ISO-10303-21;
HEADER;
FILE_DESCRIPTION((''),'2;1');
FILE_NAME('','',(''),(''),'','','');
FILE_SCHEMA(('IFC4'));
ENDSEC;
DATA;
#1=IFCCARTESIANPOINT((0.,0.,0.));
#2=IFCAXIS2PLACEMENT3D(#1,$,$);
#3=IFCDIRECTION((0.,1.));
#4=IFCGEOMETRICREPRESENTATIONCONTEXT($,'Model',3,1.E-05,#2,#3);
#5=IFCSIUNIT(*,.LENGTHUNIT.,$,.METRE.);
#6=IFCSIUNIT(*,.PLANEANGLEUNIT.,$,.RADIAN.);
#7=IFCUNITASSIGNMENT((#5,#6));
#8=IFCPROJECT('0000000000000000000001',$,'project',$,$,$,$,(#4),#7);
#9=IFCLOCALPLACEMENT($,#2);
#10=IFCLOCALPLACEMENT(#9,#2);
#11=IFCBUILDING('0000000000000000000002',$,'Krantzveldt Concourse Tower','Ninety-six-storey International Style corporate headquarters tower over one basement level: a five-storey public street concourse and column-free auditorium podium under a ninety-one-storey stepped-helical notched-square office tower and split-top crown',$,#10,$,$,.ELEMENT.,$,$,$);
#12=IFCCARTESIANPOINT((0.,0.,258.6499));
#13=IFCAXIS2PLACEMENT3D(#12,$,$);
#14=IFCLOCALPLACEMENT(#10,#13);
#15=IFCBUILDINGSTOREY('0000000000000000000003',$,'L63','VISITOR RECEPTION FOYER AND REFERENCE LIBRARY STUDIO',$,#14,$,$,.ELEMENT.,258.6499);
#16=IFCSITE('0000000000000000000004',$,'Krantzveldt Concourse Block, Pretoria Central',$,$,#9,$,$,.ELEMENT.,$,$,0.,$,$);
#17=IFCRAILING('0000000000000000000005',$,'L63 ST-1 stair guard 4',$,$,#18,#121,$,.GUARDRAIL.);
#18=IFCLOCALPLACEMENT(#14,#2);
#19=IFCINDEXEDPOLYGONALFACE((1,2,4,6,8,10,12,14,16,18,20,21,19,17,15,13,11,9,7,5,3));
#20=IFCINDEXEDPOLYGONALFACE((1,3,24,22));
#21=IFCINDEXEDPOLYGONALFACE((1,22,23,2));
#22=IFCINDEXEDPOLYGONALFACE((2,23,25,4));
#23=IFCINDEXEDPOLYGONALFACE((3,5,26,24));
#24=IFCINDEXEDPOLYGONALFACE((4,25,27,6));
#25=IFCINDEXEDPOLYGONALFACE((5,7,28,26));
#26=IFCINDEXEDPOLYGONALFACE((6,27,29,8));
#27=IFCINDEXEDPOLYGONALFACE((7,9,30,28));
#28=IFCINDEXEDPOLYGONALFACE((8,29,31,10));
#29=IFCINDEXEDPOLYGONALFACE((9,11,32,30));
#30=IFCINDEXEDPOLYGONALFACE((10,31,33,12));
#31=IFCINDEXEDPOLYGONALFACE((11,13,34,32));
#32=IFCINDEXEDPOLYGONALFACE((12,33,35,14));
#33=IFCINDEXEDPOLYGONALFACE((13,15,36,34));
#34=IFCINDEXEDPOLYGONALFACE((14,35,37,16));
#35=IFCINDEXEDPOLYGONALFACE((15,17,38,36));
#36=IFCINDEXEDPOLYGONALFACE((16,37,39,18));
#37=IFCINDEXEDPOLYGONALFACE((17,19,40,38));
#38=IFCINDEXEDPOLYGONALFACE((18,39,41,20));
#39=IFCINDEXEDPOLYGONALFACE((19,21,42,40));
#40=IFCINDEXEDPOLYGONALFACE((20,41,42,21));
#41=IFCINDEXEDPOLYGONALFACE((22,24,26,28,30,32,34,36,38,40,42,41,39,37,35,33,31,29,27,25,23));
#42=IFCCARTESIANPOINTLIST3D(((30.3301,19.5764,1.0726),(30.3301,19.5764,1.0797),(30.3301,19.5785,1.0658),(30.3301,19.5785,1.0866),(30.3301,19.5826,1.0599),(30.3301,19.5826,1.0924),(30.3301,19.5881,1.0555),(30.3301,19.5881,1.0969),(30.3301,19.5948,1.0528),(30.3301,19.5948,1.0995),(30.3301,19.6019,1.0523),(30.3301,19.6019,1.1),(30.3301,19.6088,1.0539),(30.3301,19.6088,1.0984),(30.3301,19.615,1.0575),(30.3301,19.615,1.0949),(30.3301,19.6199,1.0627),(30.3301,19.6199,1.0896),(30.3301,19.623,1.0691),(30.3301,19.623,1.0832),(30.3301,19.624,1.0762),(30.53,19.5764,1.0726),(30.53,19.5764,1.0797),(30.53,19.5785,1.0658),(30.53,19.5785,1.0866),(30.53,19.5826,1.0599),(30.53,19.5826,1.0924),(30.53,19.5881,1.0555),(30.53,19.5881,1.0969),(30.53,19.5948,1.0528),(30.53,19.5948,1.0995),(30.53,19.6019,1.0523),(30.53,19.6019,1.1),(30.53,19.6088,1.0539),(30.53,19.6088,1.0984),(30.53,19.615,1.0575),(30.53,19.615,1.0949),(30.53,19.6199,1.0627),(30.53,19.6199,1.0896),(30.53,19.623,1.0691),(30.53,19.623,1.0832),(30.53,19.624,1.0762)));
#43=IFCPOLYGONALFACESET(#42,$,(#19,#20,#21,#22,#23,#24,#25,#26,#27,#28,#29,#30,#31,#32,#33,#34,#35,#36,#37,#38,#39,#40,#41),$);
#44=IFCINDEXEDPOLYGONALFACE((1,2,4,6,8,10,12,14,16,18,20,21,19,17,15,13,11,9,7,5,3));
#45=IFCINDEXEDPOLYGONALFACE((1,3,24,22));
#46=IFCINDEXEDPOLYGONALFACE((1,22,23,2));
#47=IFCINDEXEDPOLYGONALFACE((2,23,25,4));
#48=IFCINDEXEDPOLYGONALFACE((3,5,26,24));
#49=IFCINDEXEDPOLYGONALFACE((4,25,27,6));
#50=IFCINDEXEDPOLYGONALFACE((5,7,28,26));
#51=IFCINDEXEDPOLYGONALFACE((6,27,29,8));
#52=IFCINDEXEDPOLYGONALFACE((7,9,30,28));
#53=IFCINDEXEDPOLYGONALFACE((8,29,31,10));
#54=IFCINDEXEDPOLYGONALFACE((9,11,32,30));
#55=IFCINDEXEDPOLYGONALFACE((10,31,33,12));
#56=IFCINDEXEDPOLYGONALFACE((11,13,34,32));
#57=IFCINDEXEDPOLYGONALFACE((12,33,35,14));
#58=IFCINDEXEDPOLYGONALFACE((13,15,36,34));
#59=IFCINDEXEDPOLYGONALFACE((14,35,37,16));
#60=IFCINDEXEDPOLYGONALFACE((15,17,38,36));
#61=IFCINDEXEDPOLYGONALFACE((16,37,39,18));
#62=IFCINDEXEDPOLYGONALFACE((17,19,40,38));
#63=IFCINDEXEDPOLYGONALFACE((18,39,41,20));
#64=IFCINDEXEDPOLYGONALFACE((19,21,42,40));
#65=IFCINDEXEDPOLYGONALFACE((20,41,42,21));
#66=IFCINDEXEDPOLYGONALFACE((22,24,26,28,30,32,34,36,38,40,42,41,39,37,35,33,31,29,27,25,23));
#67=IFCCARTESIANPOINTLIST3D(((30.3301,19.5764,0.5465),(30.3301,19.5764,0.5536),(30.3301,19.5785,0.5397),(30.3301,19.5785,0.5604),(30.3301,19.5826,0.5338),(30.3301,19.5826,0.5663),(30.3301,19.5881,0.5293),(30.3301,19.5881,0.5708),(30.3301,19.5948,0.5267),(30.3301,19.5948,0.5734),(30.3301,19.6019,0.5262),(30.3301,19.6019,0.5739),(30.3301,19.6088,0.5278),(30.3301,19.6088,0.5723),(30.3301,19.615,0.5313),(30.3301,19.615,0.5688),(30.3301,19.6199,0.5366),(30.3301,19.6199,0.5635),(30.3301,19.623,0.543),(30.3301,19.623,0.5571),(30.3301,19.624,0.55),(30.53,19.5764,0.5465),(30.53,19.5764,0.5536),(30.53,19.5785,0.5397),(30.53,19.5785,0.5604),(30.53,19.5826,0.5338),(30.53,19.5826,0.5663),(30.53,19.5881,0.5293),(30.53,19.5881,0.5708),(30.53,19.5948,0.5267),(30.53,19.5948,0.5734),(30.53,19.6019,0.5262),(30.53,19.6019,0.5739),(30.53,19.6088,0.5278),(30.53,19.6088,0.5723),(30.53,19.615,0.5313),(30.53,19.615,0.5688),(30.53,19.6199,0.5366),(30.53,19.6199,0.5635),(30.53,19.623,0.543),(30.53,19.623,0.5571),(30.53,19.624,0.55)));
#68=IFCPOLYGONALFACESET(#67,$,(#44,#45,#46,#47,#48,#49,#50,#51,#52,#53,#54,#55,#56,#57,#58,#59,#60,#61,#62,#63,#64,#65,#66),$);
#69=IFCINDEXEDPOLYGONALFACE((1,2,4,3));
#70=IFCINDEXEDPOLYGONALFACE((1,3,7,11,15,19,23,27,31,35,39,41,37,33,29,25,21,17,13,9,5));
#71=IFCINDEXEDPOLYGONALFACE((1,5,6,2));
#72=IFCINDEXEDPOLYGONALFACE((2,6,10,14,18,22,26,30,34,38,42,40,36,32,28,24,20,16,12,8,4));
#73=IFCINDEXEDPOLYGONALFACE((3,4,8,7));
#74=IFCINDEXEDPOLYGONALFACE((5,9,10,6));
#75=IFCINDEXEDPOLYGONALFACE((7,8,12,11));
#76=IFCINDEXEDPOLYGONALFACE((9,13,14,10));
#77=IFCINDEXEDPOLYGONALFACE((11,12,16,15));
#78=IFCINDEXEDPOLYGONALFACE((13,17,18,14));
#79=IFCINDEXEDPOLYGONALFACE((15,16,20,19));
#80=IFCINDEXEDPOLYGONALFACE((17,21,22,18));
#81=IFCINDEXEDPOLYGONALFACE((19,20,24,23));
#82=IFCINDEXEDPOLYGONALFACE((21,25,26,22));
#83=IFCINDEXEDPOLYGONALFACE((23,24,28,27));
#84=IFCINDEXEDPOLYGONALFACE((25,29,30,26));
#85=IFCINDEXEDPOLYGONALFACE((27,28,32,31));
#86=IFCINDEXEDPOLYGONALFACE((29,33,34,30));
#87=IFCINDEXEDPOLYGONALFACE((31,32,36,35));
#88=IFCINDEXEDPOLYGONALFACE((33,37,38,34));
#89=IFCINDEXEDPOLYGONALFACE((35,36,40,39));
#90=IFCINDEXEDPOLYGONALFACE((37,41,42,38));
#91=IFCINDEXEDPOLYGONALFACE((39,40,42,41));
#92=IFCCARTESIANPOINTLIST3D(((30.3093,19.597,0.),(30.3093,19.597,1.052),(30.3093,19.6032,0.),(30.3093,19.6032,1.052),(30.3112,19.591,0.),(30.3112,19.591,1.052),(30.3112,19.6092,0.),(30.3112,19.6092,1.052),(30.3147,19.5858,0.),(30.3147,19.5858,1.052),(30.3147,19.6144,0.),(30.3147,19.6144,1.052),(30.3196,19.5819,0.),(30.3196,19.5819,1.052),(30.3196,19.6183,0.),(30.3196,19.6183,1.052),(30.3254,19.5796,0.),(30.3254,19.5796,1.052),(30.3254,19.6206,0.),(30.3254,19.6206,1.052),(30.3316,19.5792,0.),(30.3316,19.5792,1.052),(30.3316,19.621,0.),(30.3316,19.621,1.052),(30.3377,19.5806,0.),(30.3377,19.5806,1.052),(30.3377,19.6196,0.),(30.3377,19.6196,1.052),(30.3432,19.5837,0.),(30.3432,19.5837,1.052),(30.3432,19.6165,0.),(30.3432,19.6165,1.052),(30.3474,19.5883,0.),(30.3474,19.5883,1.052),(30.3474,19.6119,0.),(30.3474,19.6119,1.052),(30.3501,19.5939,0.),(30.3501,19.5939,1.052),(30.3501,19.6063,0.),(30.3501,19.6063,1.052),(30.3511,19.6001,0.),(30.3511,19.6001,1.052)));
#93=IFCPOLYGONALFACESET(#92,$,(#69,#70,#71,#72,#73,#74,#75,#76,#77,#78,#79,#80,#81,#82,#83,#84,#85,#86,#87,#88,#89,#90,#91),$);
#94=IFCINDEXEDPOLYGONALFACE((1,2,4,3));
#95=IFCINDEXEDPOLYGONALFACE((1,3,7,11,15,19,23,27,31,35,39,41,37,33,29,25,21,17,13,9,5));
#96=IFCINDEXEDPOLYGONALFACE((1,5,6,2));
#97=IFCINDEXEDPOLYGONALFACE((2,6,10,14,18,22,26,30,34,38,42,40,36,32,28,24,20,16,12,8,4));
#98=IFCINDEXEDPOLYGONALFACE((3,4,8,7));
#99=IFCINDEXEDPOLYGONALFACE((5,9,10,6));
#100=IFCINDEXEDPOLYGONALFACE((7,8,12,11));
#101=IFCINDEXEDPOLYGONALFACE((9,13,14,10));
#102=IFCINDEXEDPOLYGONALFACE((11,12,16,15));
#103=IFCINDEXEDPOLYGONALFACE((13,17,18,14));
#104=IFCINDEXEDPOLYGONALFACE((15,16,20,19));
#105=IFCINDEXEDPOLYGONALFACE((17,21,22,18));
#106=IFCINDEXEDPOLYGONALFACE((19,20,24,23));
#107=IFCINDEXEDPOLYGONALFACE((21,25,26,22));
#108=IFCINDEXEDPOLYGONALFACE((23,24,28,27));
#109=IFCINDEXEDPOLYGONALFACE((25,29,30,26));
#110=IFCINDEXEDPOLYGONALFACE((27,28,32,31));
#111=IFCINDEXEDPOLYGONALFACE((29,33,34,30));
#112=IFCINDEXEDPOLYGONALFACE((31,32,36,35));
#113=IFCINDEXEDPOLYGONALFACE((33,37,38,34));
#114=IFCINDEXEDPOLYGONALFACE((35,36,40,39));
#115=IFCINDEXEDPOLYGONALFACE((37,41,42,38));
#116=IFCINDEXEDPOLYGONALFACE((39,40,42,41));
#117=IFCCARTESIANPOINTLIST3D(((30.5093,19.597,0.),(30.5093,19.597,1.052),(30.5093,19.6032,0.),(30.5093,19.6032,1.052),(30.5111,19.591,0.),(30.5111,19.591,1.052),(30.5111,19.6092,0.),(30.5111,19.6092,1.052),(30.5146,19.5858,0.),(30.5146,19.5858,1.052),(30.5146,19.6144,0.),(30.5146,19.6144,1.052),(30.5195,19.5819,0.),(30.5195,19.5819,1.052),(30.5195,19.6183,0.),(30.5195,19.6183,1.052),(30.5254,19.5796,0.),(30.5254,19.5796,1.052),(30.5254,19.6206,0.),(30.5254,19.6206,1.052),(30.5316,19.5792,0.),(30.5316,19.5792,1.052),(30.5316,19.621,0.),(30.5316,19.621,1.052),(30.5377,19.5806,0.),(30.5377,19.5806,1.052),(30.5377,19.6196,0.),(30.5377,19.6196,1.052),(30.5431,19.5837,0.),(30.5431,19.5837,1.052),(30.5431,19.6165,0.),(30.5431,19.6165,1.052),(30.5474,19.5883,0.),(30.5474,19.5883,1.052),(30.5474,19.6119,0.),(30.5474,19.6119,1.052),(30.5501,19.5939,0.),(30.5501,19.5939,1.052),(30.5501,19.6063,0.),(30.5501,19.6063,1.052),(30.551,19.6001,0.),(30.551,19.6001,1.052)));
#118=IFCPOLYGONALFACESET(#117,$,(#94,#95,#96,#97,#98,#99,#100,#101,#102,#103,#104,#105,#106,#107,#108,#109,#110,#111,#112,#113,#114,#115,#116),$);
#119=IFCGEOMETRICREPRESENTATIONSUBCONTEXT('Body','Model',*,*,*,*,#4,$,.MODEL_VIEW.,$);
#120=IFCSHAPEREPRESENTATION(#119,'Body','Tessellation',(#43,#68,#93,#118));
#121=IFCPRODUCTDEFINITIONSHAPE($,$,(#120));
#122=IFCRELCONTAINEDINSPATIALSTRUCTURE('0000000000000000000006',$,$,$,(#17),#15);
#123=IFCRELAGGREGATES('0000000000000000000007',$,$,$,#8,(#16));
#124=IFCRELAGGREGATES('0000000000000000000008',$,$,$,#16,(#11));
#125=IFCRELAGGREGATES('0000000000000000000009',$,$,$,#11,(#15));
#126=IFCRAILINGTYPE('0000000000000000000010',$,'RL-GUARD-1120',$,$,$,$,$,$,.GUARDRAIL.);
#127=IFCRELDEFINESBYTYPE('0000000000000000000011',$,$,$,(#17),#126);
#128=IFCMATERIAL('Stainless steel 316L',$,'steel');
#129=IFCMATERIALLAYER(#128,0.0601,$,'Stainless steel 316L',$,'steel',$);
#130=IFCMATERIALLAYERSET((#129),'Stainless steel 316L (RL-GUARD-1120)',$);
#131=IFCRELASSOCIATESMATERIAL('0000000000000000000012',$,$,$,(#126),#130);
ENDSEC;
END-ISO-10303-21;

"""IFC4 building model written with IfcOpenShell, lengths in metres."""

from ifc_helpers import new_model, si_unit, direction, frame, origin, origin_2d, place, context, subcontext, project, spatial, circle, extrude, material, layer, layer_set, type_object, element, save


model = new_model("IFC4")

# Units and contexts
model_context = context("Model", 3, precision=1e-05, world=origin(), true_north=direction((0.0, 1.0)))
body_context = subcontext(model_context, "Body", "Model", "MODEL_VIEW")
ifc_project = project(units=[si_unit("LENGTHUNIT", "METRE"), si_unit("PLANEANGLEUNIT", "RADIAN")], contexts=[model_context])

# Site, building, storey
site_placement = place(None, origin())
site = spatial("IfcSite", under=ifc_project, at=site_placement, Name="Krantzveldt Concourse Block, Pretoria Central", CompositionType="ELEMENT", RefElevation=0.0)
building_placement = place(site_placement, origin())
building = spatial("IfcBuilding", under=site, at=building_placement, Name="Krantzveldt Concourse Tower", Description="Ninety-six-storey International Style corporate headquarters tower over one basement level: a five-storey public street concourse and column-free auditorium podium under a ninety-one-storey stepped-helical notched-square office tower and split-top crown", CompositionType="ELEMENT")
storey_placement = place(building_placement, frame((0.0, 0.0, 258.6499)))
storey = spatial("IfcBuildingStorey", under=building, at=storey_placement, Name="L63", Description="VISITOR RECEPTION FOYER AND REFERENCE LIBRARY STUDIO", CompositionType="ELEMENT", Elevation=258.6499)

# Railing
ifc_material_1 = material(Name="Stainless steel 316L", Category="steel")
ifc_layer_1 = layer(ifc_material_1, 0.0601, Name="Stainless steel 316L", Category="steel")
ifc_layer_set_1 = layer_set([ifc_layer_1], Name="Stainless steel 316L (RL-GUARD-1120)")
railing_type_1 = type_object("IfcRailingType", Name="RL-GUARD-1120", PredefinedType="GUARDRAIL", material=ifc_layer_set_1)
railing_1_placement = place(storey_placement, frame((30.3301, 19.6001, 0.0)))
element("IfcRailing", 1, at=railing_1_placement, inside=storey, type_object=railing_type_1, Name="L63 ST-1 stair guard 4", PredefinedType="GUARDRAIL", context=body_context, shape_type="SweptSolid", body=[
    extrude(circle(Radius=0.0239, at=origin_2d()), frame((0.0, 0.0, 1.0762), z_axis=(1.0, 0.0, 0.0), x_axis=(0.0, 1.0, 0.0)), (0.0, 0.0, 1.0), 0.2),
    extrude(circle(Radius=0.0239, at=origin_2d()), frame((0.0, 0.0, 0.55), z_axis=(1.0, 0.0, 0.0), x_axis=(0.0, 1.0, 0.0)), (0.0, 0.0, 1.0), 0.2),
    extrude(circle(Radius=0.021, at=origin_2d()), origin(), (0.0, 0.0, 1.0), 1.052),
    extrude(circle(Radius=0.021, at=origin_2d()), frame((0.2, 0.0, 0.0)), (0.0, 0.0, 1.0), 1.052),
])

save(model, "model.ifc")
